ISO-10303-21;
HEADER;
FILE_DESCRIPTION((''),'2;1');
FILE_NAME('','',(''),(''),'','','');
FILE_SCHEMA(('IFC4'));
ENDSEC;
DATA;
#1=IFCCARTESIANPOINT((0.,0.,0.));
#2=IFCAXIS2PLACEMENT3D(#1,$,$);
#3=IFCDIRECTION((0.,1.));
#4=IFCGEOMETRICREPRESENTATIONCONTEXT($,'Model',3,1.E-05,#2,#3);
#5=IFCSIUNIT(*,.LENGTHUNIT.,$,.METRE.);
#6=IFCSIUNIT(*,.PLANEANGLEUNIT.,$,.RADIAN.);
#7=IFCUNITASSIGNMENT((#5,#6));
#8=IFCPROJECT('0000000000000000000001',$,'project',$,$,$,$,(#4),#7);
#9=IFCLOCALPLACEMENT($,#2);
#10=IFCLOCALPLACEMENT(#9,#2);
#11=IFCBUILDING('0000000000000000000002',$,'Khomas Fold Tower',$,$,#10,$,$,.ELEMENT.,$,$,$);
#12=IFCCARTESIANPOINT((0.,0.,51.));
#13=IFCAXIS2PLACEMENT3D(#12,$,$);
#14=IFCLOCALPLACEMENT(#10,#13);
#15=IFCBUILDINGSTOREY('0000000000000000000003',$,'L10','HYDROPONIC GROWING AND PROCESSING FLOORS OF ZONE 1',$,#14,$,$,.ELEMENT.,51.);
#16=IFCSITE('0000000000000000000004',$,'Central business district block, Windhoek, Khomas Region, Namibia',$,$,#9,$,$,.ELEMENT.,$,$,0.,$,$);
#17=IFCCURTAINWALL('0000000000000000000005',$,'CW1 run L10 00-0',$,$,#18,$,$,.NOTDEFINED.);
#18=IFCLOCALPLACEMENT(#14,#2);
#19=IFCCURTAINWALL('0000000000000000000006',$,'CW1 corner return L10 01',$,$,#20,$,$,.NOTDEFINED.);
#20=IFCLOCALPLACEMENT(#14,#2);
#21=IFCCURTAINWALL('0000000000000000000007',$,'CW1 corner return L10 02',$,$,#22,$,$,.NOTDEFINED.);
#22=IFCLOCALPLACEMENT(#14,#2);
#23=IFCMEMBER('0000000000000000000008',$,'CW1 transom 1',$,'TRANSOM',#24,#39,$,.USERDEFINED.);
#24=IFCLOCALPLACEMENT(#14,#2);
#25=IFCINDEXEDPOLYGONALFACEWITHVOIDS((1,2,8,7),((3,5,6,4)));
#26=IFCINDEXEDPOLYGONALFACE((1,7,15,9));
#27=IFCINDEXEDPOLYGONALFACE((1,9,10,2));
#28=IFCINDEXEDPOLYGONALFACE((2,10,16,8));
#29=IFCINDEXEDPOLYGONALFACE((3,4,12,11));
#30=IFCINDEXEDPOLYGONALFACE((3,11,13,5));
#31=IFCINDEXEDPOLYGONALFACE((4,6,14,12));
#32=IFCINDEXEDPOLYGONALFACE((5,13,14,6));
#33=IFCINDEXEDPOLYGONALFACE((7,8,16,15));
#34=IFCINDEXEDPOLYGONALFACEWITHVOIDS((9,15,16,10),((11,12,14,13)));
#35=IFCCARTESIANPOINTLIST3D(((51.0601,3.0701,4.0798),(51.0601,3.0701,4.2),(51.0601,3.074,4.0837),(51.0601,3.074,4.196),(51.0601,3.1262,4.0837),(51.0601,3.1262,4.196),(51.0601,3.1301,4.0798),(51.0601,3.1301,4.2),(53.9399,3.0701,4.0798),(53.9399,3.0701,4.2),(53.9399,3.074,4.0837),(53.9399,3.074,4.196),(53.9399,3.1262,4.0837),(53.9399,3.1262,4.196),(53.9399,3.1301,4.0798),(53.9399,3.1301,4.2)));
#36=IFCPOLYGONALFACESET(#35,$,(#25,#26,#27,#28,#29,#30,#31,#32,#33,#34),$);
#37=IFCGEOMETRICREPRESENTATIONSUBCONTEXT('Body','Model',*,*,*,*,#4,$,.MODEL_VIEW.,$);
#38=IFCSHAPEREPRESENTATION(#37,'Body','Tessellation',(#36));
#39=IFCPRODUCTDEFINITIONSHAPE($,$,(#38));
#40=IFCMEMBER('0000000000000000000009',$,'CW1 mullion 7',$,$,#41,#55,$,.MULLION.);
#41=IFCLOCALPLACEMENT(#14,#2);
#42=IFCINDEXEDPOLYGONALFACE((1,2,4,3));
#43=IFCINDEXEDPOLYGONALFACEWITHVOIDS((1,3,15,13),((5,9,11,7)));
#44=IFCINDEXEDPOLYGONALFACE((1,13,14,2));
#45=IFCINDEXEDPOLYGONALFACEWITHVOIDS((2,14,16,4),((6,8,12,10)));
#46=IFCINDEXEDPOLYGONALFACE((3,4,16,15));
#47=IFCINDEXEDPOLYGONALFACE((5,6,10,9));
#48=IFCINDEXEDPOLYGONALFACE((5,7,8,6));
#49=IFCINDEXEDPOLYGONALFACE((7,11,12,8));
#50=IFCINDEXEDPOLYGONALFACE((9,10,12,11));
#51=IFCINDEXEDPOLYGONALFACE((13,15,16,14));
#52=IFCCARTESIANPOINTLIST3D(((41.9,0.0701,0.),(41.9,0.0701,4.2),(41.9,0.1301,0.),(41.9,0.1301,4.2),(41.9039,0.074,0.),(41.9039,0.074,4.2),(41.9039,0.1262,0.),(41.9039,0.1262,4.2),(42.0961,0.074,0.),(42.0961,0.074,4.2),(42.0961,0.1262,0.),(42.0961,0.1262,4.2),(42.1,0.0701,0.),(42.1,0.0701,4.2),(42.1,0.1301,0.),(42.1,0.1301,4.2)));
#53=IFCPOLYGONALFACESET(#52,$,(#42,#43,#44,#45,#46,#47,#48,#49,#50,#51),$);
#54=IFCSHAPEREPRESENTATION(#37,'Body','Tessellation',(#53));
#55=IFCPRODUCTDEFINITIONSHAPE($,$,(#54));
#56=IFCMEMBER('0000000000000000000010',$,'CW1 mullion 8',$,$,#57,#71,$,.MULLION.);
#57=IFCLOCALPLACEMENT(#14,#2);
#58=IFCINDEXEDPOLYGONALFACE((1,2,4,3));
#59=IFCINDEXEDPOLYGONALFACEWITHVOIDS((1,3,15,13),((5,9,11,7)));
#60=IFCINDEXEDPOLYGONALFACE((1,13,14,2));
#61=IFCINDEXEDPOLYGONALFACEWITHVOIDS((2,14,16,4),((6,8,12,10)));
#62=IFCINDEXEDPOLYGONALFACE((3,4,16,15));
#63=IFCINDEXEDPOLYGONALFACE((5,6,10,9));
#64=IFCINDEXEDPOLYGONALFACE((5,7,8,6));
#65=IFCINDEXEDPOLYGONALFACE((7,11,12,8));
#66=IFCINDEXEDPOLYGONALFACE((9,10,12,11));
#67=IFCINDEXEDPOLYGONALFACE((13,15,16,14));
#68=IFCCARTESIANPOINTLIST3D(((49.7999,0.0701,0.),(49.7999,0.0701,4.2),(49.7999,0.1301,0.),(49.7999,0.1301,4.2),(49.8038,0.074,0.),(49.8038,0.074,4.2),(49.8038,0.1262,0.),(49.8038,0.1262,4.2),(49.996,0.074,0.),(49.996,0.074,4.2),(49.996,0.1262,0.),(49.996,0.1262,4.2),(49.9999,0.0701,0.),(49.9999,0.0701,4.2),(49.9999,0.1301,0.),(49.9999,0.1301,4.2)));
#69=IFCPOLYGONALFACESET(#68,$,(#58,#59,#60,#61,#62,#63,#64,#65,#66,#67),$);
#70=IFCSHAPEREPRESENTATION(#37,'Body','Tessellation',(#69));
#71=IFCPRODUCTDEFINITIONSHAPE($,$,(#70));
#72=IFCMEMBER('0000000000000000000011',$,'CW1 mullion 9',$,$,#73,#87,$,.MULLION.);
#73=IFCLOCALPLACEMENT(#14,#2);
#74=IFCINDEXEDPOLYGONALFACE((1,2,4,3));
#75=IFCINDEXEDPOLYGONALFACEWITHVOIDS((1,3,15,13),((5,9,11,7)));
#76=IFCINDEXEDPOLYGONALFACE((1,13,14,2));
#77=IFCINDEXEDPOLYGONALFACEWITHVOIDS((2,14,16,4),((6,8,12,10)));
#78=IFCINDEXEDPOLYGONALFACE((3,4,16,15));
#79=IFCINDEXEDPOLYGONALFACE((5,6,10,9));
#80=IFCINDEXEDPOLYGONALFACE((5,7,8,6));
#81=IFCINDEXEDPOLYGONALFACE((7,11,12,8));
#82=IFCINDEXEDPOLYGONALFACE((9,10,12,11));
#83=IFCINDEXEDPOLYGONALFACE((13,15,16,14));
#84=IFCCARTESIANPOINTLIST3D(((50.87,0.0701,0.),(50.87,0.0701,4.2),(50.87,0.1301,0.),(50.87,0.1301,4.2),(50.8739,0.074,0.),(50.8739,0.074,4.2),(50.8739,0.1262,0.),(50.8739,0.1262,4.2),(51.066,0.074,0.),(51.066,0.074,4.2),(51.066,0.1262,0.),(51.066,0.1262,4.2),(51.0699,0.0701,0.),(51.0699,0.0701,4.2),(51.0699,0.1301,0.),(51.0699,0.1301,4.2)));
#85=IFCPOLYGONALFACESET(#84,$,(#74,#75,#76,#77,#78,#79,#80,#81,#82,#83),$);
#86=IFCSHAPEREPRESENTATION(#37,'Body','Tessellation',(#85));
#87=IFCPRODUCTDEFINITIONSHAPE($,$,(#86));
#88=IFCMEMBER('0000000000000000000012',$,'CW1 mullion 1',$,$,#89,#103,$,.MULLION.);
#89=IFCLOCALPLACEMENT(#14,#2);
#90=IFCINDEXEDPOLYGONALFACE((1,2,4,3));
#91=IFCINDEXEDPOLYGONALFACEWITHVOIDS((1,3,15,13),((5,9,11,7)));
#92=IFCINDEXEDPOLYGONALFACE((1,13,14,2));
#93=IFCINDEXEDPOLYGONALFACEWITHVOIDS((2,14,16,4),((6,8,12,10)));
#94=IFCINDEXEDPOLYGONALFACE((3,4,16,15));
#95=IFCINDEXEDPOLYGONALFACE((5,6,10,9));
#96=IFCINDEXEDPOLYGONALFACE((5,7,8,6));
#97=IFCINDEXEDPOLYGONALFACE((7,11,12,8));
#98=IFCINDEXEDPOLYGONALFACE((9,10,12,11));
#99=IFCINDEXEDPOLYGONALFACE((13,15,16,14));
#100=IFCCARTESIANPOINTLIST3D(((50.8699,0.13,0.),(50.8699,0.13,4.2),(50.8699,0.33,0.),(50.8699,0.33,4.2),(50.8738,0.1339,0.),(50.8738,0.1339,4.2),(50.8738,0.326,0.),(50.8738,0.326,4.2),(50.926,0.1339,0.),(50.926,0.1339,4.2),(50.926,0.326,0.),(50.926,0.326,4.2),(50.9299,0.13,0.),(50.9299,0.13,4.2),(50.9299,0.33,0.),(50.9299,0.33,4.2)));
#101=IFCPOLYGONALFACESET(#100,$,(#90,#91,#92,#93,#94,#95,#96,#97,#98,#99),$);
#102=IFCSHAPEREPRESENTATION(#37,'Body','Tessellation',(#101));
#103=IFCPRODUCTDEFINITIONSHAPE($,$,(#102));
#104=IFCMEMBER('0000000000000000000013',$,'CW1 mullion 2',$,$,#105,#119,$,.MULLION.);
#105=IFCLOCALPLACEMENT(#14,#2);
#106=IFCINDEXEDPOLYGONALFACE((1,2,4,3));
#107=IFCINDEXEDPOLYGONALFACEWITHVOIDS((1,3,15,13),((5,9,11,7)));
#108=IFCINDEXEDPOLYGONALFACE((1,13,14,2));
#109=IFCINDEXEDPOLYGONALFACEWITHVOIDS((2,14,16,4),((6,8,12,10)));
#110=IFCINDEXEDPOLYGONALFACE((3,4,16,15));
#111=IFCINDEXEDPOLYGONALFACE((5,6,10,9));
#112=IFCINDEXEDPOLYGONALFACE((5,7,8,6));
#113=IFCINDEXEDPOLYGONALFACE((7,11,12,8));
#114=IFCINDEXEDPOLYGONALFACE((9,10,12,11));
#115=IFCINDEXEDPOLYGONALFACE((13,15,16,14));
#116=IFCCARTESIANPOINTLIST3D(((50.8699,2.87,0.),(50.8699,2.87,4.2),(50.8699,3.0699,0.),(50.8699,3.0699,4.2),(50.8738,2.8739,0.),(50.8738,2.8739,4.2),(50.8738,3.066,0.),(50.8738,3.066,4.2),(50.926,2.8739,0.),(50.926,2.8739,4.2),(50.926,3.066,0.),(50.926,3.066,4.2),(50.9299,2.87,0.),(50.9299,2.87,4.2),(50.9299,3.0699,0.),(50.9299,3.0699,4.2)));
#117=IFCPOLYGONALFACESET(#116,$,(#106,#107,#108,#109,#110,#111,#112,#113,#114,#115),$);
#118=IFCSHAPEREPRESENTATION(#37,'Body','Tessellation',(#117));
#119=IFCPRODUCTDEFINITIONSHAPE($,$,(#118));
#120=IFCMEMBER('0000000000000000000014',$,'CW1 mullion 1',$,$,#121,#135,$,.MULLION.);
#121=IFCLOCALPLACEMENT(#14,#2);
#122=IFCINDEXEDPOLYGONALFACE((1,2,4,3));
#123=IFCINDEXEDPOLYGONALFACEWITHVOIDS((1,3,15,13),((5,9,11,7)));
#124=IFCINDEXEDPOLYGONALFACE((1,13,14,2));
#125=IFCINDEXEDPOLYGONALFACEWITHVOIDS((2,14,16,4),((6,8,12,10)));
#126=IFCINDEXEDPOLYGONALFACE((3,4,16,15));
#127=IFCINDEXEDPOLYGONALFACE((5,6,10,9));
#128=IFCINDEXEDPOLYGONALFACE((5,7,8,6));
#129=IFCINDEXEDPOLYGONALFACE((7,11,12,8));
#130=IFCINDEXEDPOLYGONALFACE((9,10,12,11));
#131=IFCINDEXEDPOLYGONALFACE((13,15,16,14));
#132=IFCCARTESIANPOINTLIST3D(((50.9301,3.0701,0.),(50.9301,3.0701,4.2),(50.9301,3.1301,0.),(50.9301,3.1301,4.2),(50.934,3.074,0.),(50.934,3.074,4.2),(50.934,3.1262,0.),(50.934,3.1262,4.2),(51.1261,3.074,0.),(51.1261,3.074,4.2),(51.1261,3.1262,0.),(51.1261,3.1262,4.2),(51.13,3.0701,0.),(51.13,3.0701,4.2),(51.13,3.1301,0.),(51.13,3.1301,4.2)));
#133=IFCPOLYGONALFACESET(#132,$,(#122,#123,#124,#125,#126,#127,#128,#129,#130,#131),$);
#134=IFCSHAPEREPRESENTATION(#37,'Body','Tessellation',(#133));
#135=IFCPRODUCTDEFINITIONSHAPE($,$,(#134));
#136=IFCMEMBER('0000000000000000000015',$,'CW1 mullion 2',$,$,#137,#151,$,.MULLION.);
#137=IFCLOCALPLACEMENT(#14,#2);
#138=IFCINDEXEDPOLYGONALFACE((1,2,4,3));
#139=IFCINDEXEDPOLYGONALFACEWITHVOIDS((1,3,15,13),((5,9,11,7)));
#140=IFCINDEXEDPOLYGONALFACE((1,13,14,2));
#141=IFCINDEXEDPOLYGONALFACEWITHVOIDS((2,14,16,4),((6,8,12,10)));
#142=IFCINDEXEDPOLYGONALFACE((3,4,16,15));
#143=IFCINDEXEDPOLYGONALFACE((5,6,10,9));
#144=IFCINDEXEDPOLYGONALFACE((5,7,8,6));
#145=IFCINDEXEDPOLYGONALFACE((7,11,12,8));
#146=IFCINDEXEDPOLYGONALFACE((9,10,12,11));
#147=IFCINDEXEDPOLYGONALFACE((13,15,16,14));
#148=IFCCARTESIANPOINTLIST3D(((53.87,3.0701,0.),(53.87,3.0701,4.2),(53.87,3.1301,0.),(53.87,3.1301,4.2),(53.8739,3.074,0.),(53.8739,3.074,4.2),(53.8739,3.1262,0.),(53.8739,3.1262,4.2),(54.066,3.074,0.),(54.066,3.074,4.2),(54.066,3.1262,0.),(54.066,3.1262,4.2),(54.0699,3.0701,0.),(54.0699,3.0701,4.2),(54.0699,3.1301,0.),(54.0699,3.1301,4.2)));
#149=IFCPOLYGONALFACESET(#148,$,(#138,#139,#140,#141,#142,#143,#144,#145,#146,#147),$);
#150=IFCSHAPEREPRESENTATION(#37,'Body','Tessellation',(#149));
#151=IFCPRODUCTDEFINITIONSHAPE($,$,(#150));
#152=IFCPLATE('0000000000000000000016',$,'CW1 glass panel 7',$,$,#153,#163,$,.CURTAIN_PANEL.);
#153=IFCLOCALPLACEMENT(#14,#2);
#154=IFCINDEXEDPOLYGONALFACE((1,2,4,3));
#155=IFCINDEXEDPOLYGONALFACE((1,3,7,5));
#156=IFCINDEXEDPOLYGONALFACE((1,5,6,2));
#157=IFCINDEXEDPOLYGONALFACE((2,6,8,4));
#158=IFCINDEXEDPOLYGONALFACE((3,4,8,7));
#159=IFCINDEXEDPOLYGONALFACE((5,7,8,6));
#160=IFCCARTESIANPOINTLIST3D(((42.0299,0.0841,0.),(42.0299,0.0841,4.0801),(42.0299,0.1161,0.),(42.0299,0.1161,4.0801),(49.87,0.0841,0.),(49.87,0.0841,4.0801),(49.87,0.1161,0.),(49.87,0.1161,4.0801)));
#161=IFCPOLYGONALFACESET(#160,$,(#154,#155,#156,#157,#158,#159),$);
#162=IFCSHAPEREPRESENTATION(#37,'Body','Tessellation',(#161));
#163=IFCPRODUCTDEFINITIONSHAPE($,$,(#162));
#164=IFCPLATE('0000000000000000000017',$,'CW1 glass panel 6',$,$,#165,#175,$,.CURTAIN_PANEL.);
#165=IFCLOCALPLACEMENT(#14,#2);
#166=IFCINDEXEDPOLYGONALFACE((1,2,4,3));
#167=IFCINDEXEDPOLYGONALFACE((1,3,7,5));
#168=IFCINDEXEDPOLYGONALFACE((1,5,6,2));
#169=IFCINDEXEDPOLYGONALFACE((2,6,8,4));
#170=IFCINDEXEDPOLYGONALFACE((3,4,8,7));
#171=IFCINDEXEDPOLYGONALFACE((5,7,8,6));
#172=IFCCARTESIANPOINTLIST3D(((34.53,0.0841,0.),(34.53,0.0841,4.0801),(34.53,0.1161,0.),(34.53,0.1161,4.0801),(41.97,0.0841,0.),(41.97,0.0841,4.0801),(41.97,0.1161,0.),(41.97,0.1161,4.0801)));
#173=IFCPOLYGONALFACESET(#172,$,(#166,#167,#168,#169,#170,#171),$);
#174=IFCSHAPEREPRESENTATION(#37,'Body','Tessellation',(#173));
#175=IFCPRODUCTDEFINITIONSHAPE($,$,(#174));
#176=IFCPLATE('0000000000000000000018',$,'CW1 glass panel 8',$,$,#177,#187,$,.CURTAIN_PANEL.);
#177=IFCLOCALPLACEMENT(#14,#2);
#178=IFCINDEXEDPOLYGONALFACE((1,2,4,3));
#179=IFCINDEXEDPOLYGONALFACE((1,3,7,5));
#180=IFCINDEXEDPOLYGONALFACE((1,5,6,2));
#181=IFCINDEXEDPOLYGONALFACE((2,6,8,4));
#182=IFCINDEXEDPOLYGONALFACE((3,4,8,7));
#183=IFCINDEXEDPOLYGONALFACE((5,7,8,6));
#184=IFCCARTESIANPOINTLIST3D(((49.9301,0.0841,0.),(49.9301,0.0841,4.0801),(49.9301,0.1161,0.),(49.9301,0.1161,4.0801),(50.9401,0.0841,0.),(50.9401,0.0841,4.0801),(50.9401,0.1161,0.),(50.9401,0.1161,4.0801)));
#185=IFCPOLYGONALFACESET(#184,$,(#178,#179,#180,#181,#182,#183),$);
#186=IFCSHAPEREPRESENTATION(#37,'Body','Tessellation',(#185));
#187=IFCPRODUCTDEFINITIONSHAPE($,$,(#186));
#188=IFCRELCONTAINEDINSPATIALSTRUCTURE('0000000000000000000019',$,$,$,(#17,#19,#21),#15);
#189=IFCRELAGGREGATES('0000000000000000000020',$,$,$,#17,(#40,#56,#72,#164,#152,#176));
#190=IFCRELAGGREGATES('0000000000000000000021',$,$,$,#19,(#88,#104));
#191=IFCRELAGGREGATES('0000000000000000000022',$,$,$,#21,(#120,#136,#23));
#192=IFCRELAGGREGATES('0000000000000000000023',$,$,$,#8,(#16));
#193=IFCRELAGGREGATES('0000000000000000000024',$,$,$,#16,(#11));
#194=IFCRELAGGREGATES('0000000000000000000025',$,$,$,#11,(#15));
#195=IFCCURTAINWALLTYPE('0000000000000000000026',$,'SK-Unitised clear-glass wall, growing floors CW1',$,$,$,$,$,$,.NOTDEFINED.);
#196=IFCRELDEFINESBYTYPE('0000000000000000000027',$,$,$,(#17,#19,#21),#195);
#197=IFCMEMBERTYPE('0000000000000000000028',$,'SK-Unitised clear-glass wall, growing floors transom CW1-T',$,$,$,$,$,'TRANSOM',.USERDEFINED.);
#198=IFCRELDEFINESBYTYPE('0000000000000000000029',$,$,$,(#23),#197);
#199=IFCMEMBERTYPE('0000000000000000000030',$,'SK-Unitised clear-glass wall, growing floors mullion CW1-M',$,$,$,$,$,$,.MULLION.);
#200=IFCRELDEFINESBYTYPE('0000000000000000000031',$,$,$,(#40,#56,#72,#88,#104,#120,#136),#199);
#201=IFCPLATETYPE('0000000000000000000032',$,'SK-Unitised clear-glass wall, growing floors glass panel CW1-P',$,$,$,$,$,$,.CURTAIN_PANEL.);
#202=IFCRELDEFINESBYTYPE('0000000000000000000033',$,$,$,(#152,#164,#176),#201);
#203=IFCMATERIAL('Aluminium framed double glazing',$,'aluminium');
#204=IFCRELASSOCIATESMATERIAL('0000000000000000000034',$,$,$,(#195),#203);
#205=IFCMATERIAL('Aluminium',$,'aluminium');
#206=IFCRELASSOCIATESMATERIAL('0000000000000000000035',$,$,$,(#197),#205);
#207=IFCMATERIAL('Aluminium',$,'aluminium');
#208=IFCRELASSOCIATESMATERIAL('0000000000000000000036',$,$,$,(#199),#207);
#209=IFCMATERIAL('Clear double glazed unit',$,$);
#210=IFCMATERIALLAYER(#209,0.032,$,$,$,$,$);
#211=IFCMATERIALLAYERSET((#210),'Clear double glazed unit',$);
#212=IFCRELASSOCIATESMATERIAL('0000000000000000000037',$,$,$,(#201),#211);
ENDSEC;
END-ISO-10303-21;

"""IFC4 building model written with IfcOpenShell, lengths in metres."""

from ifc_helpers import new_model, si_unit, direction, frame, origin, origin_2d, place, context, subcontext, project, spatial, rectangle, hollow_rectangle, extrude, source, transform, mapped, material, layer, layer_set, material_profile, profile_set, type_object, element, aggregate, save


model = new_model("IFC4")

# Units and contexts
model_context = context("Model", 3, precision=1e-05, world=origin(), true_north=direction((0.0, 1.0)))
body_context = subcontext(model_context, "Body", "Model", "MODEL_VIEW")
ifc_project = project(units=[si_unit("LENGTHUNIT", "METRE"), si_unit("PLANEANGLEUNIT", "RADIAN")], contexts=[model_context])

# Site, building, storey
site_placement = place(None, origin())
site = spatial("IfcSite", under=ifc_project, at=site_placement, Name="Central business district block, Windhoek, Khomas Region, Namibia", CompositionType="ELEMENT", RefElevation=0.0)
building_placement = place(site_placement, origin())
building = spatial("IfcBuilding", under=site, at=building_placement, Name="Khomas Fold Tower", CompositionType="ELEMENT")
storey_placement = place(building_placement, frame((0.0, 0.0, 51.0)))
storey = spatial("IfcBuildingStorey", under=building, at=storey_placement, Name="L10", Description="HYDROPONIC GROWING AND PROCESSING FLOORS OF ZONE 1", CompositionType="ELEMENT", Elevation=51.0)

# Shared definitions
ifc_material_1 = material(Name="Aluminium framed double glazing", Category="aluminium")
curtain_wall_type = type_object("IfcCurtainWallType", Name="SK-Unitised clear-glass wall, growing floors CW1", PredefinedType="NOTDEFINED", material=ifc_material_1)
ifc_material_2 = material(Name="Aluminium", Category="aluminium")
ifc_material_profile_1 = material_profile(ifc_material_2, hollow_rectangle(XDim=0.0601, YDim=0.1201, WallThickness=0.0039, at=origin_2d()), Name="SK-Unitised clear-glass wall, growing floors transom CW1-T")
ifc_profile_set_1 = profile_set([ifc_material_profile_1], Name="Aluminium")
member_type_1 = type_object("IfcMemberType", Name="SK-Unitised clear-glass wall, growing floors transom CW1-T", ElementType="TRANSOM", PredefinedType="USERDEFINED", material=ifc_profile_set_1)

# Curtain wall
curtain_wall_1_placement = place(storey_placement, origin())
curtain_wall_1 = element("IfcCurtainWall", 1, at=curtain_wall_1_placement, inside=storey, type_object=curtain_wall_type, Name="CW1 run L10 00-0", PredefinedType="NOTDEFINED")

# Curtain walls, member
curtain_wall_2_placement = place(storey_placement, origin())
curtain_wall_2 = element("IfcCurtainWall", 2, at=curtain_wall_2_placement, inside=storey, type_object=curtain_wall_type, Name="CW1 corner return L10 01", PredefinedType="NOTDEFINED")
curtain_wall_3_placement = place(storey_placement, origin())
curtain_wall_3 = element("IfcCurtainWall", 3, at=curtain_wall_3_placement, inside=storey, type_object=curtain_wall_type, Name="CW1 corner return L10 02", PredefinedType="NOTDEFINED")
shared_shape_1 = source(origin(), body_context, "Body", "SweptSolid", [
    extrude(hollow_rectangle(XDim=0.0601, YDim=0.1201, WallThickness=0.0039, at=origin_2d()), origin(), (0.0, 0.0, 1.0), 2.8799),
])
member_1_placement = place(storey_placement, frame((51.0601, 3.1001, 4.1399), z_axis=(1.0, 0.0, 0.0), x_axis=(0.0, 1.0, 0.0)))
member_1 = element("IfcMember", 4, at=member_1_placement, type_object=member_type_1, Name="CW1 transom 1", ObjectType="TRANSOM", PredefinedType="USERDEFINED", context=body_context, shape_type="MappedRepresentation", body=[
    mapped(shared_shape_1, transform((0.0, 0.0, 0.0))),
])

# Members
ifc_material_3 = material(Name="Aluminium", Category="aluminium")
ifc_material_profile_2 = material_profile(ifc_material_3, hollow_rectangle(XDim=0.0601, YDim=0.2, WallThickness=0.0039, at=origin_2d()), Name="SK-Unitised clear-glass wall, growing floors mullion CW1-M")
ifc_profile_set_2 = profile_set([ifc_material_profile_2], Name="Aluminium")
member_type_2 = type_object("IfcMemberType", Name="SK-Unitised clear-glass wall, growing floors mullion CW1-M", PredefinedType="MULLION", material=ifc_profile_set_2)
shared_shape_2 = source(origin(), body_context, "Body", "SweptSolid", [
    extrude(hollow_rectangle(XDim=0.0601, YDim=0.2, WallThickness=0.0039, at=origin_2d()), origin(), (0.0, 0.0, 1.0), 4.2),
])
member_2_placement = place(storey_placement, frame((42.0, 0.1001, 0.0), z_axis=(0.0, 0.0, 1.0), x_axis=(0.0, 1.0, 0.0)))
member_2 = element("IfcMember", 5, at=member_2_placement, type_object=member_type_2, Name="CW1 mullion 7", PredefinedType="MULLION", context=body_context, shape_type="MappedRepresentation", body=[
    mapped(shared_shape_2, transform((0.0, 0.0, 0.0))),
])
member_3_placement = place(storey_placement, frame((49.8999, 0.1001, 0.0), z_axis=(0.0, 0.0, 1.0), x_axis=(0.0, 1.0, 0.0)))
member_3 = element("IfcMember", 6, at=member_3_placement, type_object=member_type_2, Name="CW1 mullion 8", PredefinedType="MULLION", context=body_context, shape_type="MappedRepresentation", body=[
    mapped(shared_shape_2, transform((0.0, 0.0, 0.0))),
])
member_4_placement = place(storey_placement, frame((50.97, 0.1001, 0.0), z_axis=(0.0, 0.0, 1.0), x_axis=(0.0, 1.0, 0.0)))
member_4 = element("IfcMember", 7, at=member_4_placement, type_object=member_type_2, Name="CW1 mullion 9", PredefinedType="MULLION", context=body_context, shape_type="MappedRepresentation", body=[
    mapped(shared_shape_2, transform((0.0, 0.0, 0.0))),
])
member_5_placement = place(storey_placement, frame((50.8999, 0.23, 0.0), z_axis=(0.0, 0.0, 1.0), x_axis=(-1.0, 0.0, 0.0)))
member_5 = element("IfcMember", 8, at=member_5_placement, type_object=member_type_2, Name="CW1 mullion 1", PredefinedType="MULLION", context=body_context, shape_type="MappedRepresentation", body=[
    mapped(shared_shape_2, transform((0.0, 0.0, 0.0))),
])
member_6_placement = place(storey_placement, frame((50.8999, 2.97, 0.0), z_axis=(0.0, 0.0, 1.0), x_axis=(-1.0, 0.0, 0.0)))
member_6 = element("IfcMember", 9, at=member_6_placement, type_object=member_type_2, Name="CW1 mullion 2", PredefinedType="MULLION", context=body_context, shape_type="MappedRepresentation", body=[
    mapped(shared_shape_2, transform((0.0, 0.0, 0.0))),
])
member_7_placement = place(storey_placement, frame((51.03, 3.1001, 0.0), z_axis=(0.0, 0.0, 1.0), x_axis=(0.0, 1.0, 0.0)))
member_7 = element("IfcMember", 10, at=member_7_placement, type_object=member_type_2, Name="CW1 mullion 1", PredefinedType="MULLION", context=body_context, shape_type="MappedRepresentation", body=[
    mapped(shared_shape_2, transform((0.0, 0.0, 0.0))),
])
member_8_placement = place(storey_placement, frame((53.97, 3.1001, 0.0), z_axis=(0.0, 0.0, 1.0), x_axis=(0.0, 1.0, 0.0)))
member_8 = element("IfcMember", 11, at=member_8_placement, type_object=member_type_2, Name="CW1 mullion 2", PredefinedType="MULLION", context=body_context, shape_type="MappedRepresentation", body=[
    mapped(shared_shape_2, transform((0.0, 0.0, 0.0))),
])

# Plates
ifc_material_4 = material(Name="Clear double glazed unit")
ifc_layer_1 = layer(ifc_material_4, 0.032)
ifc_layer_set_1 = layer_set([ifc_layer_1], Name="Clear double glazed unit")
plate_type = type_object("IfcPlateType", Name="SK-Unitised clear-glass wall, growing floors glass panel CW1-P", PredefinedType="CURTAIN_PANEL", material=ifc_layer_set_1)
shared_shape_3 = source(origin(), body_context, "Body", "SweptSolid", [
    extrude(rectangle(XDim=7.8401, YDim=0.032, at=origin_2d()), origin(), (0.0, 0.0, 1.0), 4.0801),
])
plate_1_placement = place(storey_placement, frame((45.95, 0.1001, 0.0), z_axis=(0.0, 0.0, 1.0), x_axis=(1.0, 0.0, 0.0)))
plate_1 = element("IfcPlate", 12, at=plate_1_placement, type_object=plate_type, Name="CW1 glass panel 7", PredefinedType="CURTAIN_PANEL", context=body_context, shape_type="MappedRepresentation", body=[
    mapped(shared_shape_3, transform((0.0, 0.0, 0.0))),
])
shared_shape_4 = source(origin(), body_context, "Body", "SweptSolid", [
    extrude(rectangle(XDim=7.4399, YDim=0.032, at=origin_2d()), origin(), (0.0, 0.0, 1.0), 4.0801),
])
plate_2_placement = place(storey_placement, frame((38.25, 0.1001, 0.0), z_axis=(0.0, 0.0, 1.0), x_axis=(1.0, 0.0, 0.0)))
plate_2 = element("IfcPlate", 13, at=plate_2_placement, type_object=plate_type, Name="CW1 glass panel 6", PredefinedType="CURTAIN_PANEL", context=body_context, shape_type="MappedRepresentation", body=[
    mapped(shared_shape_4, transform((0.0, 0.0, 0.0))),
])
shared_shape_5 = source(origin(), body_context, "Body", "SweptSolid", [
    extrude(rectangle(XDim=1.01, YDim=0.032, at=origin_2d()), origin(), (0.0, 0.0, 1.0), 4.0801),
])
plate_3_placement = place(storey_placement, frame((50.4351, 0.1001, 0.0), z_axis=(0.0, 0.0, 1.0), x_axis=(1.0, 0.0, 0.0)))
plate_3 = element("IfcPlate", 14, at=plate_3_placement, type_object=plate_type, Name="CW1 glass panel 8", PredefinedType="CURTAIN_PANEL", context=body_context, shape_type="MappedRepresentation", body=[
    mapped(shared_shape_5, transform((0.0, 0.0, 0.0))),
])
aggregate(curtain_wall_1, [member_2, member_3, member_4, plate_2, plate_1, plate_3])
aggregate(curtain_wall_2, [member_5, member_6])
aggregate(curtain_wall_3, [member_7, member_8, member_1])

save(model, "model.ifc")
